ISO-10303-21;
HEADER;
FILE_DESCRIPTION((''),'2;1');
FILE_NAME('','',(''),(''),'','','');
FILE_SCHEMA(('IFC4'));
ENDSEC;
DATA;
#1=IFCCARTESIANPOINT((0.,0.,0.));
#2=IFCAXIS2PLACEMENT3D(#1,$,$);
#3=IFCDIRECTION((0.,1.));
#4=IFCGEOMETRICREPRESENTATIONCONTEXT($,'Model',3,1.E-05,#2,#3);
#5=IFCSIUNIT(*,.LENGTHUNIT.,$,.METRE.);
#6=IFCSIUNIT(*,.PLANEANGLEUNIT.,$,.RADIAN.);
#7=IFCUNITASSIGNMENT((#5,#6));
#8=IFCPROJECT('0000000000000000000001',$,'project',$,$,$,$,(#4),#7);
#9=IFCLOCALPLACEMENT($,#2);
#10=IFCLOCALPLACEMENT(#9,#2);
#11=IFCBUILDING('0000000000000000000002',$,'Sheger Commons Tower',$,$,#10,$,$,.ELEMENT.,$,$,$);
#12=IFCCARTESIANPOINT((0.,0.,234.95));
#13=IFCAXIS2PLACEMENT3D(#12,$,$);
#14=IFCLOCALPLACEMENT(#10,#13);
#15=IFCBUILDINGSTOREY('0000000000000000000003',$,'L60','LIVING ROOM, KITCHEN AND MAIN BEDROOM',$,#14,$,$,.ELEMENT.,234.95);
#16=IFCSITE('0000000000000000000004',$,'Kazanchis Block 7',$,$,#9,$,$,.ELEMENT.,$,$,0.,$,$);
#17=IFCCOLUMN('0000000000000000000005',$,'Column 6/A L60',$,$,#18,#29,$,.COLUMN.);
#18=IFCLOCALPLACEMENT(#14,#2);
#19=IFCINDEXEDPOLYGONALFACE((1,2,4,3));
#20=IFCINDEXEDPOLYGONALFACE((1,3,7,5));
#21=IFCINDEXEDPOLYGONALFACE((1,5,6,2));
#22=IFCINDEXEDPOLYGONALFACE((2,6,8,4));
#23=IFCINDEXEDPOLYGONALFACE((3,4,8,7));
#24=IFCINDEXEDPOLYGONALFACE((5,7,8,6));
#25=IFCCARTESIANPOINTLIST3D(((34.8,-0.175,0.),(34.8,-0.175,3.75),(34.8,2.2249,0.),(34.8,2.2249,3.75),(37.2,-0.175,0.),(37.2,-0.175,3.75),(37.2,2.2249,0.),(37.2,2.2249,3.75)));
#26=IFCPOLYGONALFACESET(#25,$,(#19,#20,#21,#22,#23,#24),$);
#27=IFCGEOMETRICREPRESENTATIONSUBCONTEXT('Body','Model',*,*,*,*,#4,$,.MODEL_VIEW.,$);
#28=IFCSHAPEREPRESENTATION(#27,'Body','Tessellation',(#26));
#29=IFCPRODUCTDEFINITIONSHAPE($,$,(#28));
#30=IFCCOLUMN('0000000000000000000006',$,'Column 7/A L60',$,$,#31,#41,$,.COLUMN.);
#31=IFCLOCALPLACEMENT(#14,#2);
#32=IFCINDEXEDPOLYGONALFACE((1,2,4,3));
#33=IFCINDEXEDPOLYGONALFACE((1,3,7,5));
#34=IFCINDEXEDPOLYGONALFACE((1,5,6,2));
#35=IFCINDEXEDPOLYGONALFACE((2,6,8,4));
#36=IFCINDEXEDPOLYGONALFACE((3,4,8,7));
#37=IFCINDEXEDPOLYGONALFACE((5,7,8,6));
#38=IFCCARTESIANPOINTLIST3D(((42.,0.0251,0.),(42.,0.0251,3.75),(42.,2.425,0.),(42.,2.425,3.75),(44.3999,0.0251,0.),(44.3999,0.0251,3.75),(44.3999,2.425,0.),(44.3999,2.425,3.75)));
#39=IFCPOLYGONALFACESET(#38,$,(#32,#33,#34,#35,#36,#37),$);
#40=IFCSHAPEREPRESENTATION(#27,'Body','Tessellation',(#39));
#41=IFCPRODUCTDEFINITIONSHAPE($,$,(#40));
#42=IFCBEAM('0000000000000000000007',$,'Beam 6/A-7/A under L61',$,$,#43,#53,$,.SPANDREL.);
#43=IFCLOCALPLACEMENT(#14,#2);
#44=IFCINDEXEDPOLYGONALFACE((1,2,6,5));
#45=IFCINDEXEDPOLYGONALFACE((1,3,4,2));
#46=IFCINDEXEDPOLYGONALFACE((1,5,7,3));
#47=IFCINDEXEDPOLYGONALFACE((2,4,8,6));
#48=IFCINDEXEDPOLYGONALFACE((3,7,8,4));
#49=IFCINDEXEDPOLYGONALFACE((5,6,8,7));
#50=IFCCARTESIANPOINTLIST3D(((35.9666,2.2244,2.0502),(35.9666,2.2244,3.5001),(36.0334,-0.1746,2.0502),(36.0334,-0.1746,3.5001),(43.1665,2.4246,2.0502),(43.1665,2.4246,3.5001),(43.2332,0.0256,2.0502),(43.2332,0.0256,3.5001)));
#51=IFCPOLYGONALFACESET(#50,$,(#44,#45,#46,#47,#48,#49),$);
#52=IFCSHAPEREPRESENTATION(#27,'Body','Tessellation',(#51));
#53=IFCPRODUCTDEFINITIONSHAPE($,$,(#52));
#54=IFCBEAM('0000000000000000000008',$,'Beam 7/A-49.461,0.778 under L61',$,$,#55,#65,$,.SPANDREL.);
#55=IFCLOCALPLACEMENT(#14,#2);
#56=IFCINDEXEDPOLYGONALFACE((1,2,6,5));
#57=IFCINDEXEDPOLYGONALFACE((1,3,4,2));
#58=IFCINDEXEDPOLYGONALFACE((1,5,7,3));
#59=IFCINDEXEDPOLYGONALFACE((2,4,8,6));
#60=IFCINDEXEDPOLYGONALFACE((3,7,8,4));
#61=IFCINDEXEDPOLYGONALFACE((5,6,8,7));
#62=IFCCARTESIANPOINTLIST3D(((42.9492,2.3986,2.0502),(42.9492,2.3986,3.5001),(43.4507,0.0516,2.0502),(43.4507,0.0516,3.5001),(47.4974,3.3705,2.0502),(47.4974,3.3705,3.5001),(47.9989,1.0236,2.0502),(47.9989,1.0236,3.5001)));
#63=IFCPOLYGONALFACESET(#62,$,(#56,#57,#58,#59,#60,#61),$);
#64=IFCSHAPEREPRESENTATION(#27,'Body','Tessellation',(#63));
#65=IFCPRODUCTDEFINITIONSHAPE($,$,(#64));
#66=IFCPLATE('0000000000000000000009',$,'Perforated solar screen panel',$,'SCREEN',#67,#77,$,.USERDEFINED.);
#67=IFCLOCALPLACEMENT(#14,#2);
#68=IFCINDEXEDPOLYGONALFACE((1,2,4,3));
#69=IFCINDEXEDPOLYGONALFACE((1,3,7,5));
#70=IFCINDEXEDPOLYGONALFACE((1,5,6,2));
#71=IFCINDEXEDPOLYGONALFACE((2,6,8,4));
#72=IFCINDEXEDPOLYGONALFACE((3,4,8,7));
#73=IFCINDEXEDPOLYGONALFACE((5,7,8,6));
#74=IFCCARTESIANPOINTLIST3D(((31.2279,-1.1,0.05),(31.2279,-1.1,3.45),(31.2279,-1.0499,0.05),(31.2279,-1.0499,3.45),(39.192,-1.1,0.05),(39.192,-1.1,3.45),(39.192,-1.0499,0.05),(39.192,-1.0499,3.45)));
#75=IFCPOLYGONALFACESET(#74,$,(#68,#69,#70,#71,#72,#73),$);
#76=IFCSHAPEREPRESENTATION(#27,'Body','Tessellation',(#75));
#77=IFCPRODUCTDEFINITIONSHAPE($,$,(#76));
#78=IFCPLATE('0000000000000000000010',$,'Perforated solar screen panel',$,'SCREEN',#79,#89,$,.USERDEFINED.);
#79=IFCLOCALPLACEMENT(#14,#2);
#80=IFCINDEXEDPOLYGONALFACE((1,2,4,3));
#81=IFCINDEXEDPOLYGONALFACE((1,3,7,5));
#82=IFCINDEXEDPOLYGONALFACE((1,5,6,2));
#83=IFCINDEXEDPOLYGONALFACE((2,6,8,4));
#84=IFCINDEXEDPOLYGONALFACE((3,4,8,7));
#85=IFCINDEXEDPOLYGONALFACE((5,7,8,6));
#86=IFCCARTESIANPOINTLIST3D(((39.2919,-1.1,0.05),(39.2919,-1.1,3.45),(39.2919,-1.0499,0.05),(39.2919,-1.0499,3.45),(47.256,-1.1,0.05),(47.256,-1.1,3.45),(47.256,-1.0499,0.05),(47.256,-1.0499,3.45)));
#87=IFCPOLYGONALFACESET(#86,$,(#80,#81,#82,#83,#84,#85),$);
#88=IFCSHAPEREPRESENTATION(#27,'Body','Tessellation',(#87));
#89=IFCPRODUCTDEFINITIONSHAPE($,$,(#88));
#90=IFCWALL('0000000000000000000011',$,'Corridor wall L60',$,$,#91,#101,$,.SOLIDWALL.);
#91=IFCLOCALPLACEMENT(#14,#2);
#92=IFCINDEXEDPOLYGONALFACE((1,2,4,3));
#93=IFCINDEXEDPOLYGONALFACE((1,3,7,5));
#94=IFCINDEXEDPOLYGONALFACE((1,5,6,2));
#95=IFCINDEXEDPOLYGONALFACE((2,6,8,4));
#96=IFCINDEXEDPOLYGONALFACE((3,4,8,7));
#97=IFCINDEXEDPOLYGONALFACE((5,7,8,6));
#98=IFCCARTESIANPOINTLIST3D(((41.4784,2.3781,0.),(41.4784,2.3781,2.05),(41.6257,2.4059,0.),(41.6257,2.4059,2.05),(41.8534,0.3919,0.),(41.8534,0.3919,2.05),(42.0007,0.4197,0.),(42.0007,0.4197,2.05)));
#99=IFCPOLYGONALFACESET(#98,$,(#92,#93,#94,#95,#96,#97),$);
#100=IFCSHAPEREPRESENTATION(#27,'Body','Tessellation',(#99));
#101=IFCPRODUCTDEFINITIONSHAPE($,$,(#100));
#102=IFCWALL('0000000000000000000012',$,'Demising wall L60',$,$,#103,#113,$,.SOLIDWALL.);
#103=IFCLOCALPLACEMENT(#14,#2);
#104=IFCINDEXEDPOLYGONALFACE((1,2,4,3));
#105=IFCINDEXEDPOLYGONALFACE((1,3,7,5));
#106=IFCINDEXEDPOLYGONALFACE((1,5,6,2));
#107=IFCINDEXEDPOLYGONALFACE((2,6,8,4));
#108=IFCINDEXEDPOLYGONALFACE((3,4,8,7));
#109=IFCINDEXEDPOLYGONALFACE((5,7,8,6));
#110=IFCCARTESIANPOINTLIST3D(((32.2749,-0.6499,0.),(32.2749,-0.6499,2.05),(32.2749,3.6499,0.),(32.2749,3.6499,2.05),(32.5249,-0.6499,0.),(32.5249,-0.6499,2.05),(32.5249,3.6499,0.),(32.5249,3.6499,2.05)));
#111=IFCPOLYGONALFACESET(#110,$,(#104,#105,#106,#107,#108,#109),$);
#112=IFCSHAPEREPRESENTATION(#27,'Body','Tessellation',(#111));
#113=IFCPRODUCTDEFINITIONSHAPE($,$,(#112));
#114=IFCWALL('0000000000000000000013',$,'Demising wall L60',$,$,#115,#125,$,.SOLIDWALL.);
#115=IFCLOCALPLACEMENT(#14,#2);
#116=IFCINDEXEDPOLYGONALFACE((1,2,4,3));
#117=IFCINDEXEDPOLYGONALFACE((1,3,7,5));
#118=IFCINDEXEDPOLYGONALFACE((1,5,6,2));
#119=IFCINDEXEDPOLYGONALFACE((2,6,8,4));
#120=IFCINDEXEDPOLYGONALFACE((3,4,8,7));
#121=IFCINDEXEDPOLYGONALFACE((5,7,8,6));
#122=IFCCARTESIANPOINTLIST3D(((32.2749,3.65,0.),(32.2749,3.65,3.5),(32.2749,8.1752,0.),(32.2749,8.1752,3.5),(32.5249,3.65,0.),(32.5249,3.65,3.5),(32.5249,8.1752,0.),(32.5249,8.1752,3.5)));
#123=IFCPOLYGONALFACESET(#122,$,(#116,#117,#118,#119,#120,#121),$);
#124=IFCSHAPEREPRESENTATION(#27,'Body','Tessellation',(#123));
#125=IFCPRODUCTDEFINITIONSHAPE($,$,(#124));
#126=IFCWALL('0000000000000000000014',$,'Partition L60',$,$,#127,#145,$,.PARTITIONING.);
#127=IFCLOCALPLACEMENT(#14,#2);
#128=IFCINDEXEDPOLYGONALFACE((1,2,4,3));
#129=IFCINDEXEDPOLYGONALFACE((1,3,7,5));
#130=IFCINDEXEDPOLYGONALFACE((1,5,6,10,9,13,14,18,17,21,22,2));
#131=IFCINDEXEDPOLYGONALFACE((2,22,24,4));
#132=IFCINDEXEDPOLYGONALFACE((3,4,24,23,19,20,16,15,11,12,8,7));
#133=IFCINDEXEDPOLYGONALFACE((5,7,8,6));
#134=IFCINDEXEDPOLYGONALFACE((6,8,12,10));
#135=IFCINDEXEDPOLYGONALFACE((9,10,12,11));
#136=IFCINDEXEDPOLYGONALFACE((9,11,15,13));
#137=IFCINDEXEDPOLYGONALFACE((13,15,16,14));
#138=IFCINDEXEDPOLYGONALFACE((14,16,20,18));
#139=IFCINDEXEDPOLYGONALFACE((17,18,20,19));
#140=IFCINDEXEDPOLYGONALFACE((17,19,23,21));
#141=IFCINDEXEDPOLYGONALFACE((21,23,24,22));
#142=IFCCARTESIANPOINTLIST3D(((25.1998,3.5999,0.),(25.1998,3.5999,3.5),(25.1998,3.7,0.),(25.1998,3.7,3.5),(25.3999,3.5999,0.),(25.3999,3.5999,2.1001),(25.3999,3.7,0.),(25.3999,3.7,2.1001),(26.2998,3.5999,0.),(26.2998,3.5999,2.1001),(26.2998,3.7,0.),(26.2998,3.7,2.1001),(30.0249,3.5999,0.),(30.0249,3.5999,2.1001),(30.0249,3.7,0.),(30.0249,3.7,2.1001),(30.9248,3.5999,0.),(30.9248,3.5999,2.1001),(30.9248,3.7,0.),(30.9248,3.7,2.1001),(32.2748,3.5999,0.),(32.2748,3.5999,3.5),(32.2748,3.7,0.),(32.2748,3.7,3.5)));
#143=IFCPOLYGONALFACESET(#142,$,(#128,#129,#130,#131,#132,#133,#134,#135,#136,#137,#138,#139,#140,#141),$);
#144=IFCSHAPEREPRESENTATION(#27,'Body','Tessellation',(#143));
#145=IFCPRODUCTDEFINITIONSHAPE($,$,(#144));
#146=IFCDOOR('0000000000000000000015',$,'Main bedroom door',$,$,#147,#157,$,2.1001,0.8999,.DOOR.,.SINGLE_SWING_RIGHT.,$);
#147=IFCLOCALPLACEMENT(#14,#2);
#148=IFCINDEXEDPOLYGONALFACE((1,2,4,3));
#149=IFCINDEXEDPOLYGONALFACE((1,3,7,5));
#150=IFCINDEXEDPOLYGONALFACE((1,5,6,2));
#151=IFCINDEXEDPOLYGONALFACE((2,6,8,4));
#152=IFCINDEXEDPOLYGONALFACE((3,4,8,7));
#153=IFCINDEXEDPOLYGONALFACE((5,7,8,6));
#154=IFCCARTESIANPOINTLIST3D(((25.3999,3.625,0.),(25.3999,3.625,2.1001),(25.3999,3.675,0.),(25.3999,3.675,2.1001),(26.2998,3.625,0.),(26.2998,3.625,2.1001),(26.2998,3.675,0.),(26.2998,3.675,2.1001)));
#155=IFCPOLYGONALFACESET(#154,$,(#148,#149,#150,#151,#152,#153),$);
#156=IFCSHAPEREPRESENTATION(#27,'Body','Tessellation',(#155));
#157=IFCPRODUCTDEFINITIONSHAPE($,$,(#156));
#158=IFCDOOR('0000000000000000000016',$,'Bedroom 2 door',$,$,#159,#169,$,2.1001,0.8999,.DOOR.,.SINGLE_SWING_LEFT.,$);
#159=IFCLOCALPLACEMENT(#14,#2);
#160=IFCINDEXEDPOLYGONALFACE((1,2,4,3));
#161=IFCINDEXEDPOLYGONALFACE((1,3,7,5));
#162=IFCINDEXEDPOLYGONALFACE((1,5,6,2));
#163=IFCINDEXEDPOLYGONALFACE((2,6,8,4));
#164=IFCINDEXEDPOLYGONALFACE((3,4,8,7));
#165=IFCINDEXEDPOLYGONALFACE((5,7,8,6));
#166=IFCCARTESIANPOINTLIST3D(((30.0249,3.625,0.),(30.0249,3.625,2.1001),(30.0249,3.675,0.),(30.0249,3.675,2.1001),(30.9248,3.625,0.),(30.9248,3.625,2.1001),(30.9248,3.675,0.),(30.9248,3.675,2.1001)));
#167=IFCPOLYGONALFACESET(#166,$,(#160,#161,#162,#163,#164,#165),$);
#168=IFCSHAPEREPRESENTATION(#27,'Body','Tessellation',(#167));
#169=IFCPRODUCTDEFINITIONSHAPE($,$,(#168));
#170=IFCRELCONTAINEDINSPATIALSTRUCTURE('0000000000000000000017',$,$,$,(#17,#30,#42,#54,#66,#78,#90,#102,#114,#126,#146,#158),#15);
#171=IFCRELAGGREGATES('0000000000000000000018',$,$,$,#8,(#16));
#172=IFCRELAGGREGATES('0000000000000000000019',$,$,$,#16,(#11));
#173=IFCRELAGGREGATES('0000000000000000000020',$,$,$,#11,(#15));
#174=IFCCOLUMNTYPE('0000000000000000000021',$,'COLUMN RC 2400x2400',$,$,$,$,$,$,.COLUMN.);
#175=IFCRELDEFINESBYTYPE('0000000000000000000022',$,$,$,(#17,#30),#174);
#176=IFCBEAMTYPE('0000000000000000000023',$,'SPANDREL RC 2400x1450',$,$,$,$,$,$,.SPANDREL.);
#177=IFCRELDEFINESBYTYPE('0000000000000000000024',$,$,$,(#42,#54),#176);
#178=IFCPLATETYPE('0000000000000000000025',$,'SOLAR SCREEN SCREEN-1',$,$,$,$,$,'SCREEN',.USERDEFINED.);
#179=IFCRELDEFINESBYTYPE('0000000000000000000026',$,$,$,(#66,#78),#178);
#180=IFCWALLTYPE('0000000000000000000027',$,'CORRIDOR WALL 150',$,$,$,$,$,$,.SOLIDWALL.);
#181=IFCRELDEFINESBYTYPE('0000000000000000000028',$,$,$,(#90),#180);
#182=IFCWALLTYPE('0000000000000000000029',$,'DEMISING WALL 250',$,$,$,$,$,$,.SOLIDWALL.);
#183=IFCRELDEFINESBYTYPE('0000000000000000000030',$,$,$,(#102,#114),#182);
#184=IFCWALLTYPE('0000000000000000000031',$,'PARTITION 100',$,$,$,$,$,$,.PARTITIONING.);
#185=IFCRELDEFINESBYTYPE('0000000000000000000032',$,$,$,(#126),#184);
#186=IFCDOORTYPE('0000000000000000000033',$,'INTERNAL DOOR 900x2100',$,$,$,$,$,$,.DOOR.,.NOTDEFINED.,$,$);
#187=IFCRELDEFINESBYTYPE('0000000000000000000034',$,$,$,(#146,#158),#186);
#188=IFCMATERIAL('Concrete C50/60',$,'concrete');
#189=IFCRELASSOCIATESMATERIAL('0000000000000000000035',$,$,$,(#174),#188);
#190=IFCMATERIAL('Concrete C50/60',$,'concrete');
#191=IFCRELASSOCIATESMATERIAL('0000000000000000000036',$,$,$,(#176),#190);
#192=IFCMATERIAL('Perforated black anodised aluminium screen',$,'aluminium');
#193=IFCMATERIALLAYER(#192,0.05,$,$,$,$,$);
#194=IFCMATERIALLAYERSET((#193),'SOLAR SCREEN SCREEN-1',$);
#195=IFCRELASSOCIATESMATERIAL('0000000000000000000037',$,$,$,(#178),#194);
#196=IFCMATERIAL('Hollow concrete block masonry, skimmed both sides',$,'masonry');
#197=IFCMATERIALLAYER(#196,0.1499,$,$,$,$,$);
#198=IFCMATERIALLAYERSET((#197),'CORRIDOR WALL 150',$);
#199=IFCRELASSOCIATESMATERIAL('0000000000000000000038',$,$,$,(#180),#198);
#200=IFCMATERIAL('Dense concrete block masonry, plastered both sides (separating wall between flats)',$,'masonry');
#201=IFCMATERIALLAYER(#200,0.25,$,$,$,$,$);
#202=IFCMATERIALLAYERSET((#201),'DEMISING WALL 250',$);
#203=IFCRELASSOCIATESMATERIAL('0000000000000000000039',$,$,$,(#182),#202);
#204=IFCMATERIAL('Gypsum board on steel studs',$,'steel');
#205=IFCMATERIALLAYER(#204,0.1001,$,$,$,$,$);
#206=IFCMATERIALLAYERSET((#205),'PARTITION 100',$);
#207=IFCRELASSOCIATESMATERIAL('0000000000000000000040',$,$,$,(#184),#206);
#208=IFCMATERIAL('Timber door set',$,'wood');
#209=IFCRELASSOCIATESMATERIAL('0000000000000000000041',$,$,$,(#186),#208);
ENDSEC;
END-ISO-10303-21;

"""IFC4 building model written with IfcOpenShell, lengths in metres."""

from ifc_helpers import new_model, si_unit, direction, frame, frame_2d, origin, origin_2d, place, context, subcontext, project, spatial, rectangle, extrude, material, layer, layer_set, material_profile, profile_set, type_object, element, fill, save


model = new_model("IFC4")

# Units and contexts
model_context = context("Model", 3, precision=1e-05, world=origin(), true_north=direction((0.0, 1.0)))
body_context = subcontext(model_context, "Body", "Model", "MODEL_VIEW")
ifc_project = project(units=[si_unit("LENGTHUNIT", "METRE"), si_unit("PLANEANGLEUNIT", "RADIAN")], contexts=[model_context])

# Site, building, storey
site_placement = place(None, origin())
site = spatial("IfcSite", under=ifc_project, at=site_placement, Name="Kazanchis Block 7", CompositionType="ELEMENT", RefElevation=0.0)
building_placement = place(site_placement, origin())
building = spatial("IfcBuilding", under=site, at=building_placement, Name="Sheger Commons Tower", CompositionType="ELEMENT")
storey_placement = place(building_placement, frame((0.0, 0.0, 234.95)))
storey = spatial("IfcBuildingStorey", under=building, at=storey_placement, Name="L60", Description="LIVING ROOM, KITCHEN AND MAIN BEDROOM", CompositionType="ELEMENT", Elevation=234.95)

# Columns
ifc_material_1 = material(Name="Concrete C50/60", Category="concrete")
ifc_material_profile_1 = material_profile(ifc_material_1, rectangle(XDim=2.3999, YDim=2.3999, at=origin_2d()), Name="RC 2400x2400")
ifc_profile_set_1 = profile_set([ifc_material_profile_1], Name="Concrete C50/60")
column_type = type_object("IfcColumnType", Name="COLUMN RC 2400x2400", PredefinedType="COLUMN", material=ifc_profile_set_1)
for number, where, z_axis, x_axis, name in (
    (1, (36.0, 1.0249, 0.0), (0.0, 0.0, 1.0), (1.0, 0.0, 0.0), "Column 6/A L60"),
    (2, (43.2, 1.2251, 0.0), (0.0, 0.0, 1.0), (1.0, 0.0, 0.0), "Column 7/A L60"),
):
    element("IfcColumn", number, at=place(storey_placement, frame(where, z_axis=z_axis, x_axis=x_axis)), inside=storey, type_object=column_type, Name=name, PredefinedType="COLUMN", context=body_context, shape_type="SweptSolid", body=[
        extrude(rectangle(XDim=2.3999, YDim=2.3999, at=origin_2d()), origin(), (0.0, 0.0, 1.0), 3.75),
    ])

# Beams
ifc_material_2 = material(Name="Concrete C50/60", Category="concrete")
ifc_material_profile_2 = material_profile(ifc_material_2, rectangle(XDim=2.3999, YDim=1.45, at=origin_2d()), Name="RC 2400x1450")
ifc_profile_set_2 = profile_set([ifc_material_profile_2], Name="Concrete C50/60")
beam_type = type_object("IfcBeamType", Name="SPANDREL RC 2400x1450", PredefinedType="SPANDREL", material=ifc_profile_set_2)
beam_1_placement = place(storey_placement, frame((36.0, 1.0249, 2.7751), z_axis=(0.999614, 0.027794, 0.0), x_axis=(-0.027794, 0.999614, 0.0)))
element("IfcBeam", 3, at=beam_1_placement, inside=storey, type_object=beam_type, Name="Beam 6/A-7/A under L61", PredefinedType="SPANDREL", context=body_context, shape_type="SweptSolid", body=[
    extrude(rectangle(XDim=2.3999, YDim=1.45, at=origin_2d()), origin(), (0.0, 0.0, 1.0), 7.2026),
])
beam_2_placement = place(storey_placement, frame((43.2, 1.2251, 2.7751), z_axis=(0.97792, 0.208981, 0.0), x_axis=(-0.208981, 0.97792, 0.0)))
element("IfcBeam", 4, at=beam_2_placement, inside=storey, type_object=beam_type, Name="Beam 7/A-49.461,0.778 under L61", PredefinedType="SPANDREL", context=body_context, shape_type="SweptSolid", body=[
    extrude(rectangle(XDim=2.3999, YDim=1.45, at=origin_2d()), origin(), (0.0, 0.0, 1.0), 4.6509),
])

# Plates
ifc_material_3 = material(Name="Perforated black anodised aluminium screen", Category="aluminium")
ifc_layer_1 = layer(ifc_material_3, 0.05)
ifc_layer_set_1 = layer_set([ifc_layer_1], Name="SOLAR SCREEN SCREEN-1")
plate_type = type_object("IfcPlateType", Name="SOLAR SCREEN SCREEN-1", ElementType="SCREEN", PredefinedType="USERDEFINED", material=ifc_layer_set_1)
for number, where, z_axis, x_axis, name in (
    (5, (35.21, -1.075, 0.05), (0.0, 0.0, 1.0), (1.0, 0.0, 0.0), "Perforated solar screen panel"),
    (6, (43.2739, -1.075, 0.05), (0.0, 0.0, 1.0), (1.0, 0.0, 0.0), "Perforated solar screen panel"),
):
    element("IfcPlate", number, at=place(storey_placement, frame(where, z_axis=z_axis, x_axis=x_axis)), inside=storey, type_object=plate_type, Name=name, ObjectType="SCREEN", PredefinedType="USERDEFINED", context=body_context, shape_type="SweptSolid", body=[
        extrude(rectangle(XDim=7.9641, YDim=0.05, at=origin_2d()), origin(), (0.0, 0.0, 1.0), 3.3999),
    ])

# Walls
ifc_material_4 = material(Name="Hollow concrete block masonry, skimmed both sides", Category="masonry")
ifc_layer_2 = layer(ifc_material_4, 0.1499)
ifc_layer_set_2 = layer_set([ifc_layer_2], Name="CORRIDOR WALL 150")
wall_type_1 = type_object("IfcWallType", Name="CORRIDOR WALL 150", PredefinedType="SOLIDWALL", material=ifc_layer_set_2)
wall_1_placement = place(storey_placement, frame((41.552, 2.3921, 0.0), z_axis=(0.0, 0.0, 1.0), x_axis=(0.185536, -0.982638, 0.0)))
element("IfcWall", 7, at=wall_1_placement, inside=storey, type_object=wall_type_1, Name="Corridor wall L60", PredefinedType="SOLIDWALL", context=body_context, shape_type="SweptSolid", body=[
    extrude(rectangle(XDim=2.0212, YDim=0.1499, at=frame_2d((1.0107, 0.0))), origin(), (0.0, 0.0, 1.0), 2.05),
])
ifc_material_5 = material(Name="Dense concrete block masonry, plastered both sides (separating wall between flats)", Category="masonry")
ifc_layer_3 = layer(ifc_material_5, 0.25)
ifc_layer_set_3 = layer_set([ifc_layer_3], Name="DEMISING WALL 250")
wall_type_2 = type_object("IfcWallType", Name="DEMISING WALL 250", PredefinedType="SOLIDWALL", material=ifc_layer_set_3)
wall_2_placement = place(storey_placement, frame((32.3999, -0.6499, 0.0), z_axis=(0.0, 0.0, 1.0), x_axis=(0.0, 1.0, 0.0)))
element("IfcWall", 8, at=wall_2_placement, inside=storey, type_object=wall_type_2, Name="Demising wall L60", PredefinedType="SOLIDWALL", context=body_context, shape_type="SweptSolid", body=[
    extrude(rectangle(XDim=4.2998, YDim=0.25, at=frame_2d((2.1499, 0.0))), origin(), (0.0, 0.0, 1.0), 2.05),
])
wall_3_placement = place(storey_placement, frame((32.3999, 3.6499, 0.0), z_axis=(0.0, 0.0, 1.0), x_axis=(0.0, 1.0, 0.0)))
element("IfcWall", 9, at=wall_3_placement, inside=storey, type_object=wall_type_2, Name="Demising wall L60", PredefinedType="SOLIDWALL", context=body_context, shape_type="SweptSolid", body=[
    extrude(rectangle(XDim=4.5251, YDim=0.25, at=frame_2d((2.2627, 0.0))), origin(), (0.0, 0.0, 1.0), 3.5),
])

# Wall, openings, doors
ifc_material_6 = material(Name="Gypsum board on steel studs", Category="steel")
ifc_layer_4 = layer(ifc_material_6, 0.1001)
ifc_layer_set_4 = layer_set([ifc_layer_4], Name="PARTITION 100")
wall_type_3 = type_object("IfcWallType", Name="PARTITION 100", PredefinedType="PARTITIONING", material=ifc_layer_set_4)
wall_4_placement = place(storey_placement, frame((32.2749, 3.6499, 0.0), z_axis=(0.0, 0.0, 1.0), x_axis=(-1.0, 0.0, 0.0)))
wall_4 = element("IfcWall", 10, at=wall_4_placement, inside=storey, type_object=wall_type_3, Name="Partition L60", PredefinedType="PARTITIONING", context=body_context, shape_type="SweptSolid", body=[
    extrude(rectangle(XDim=7.075, YDim=0.1001, at=frame_2d((3.5376, 0.0))), origin(), (0.0, 0.0, 1.0), 3.5),
])
opening_1_placement = place(wall_4_placement, frame((5.9751, 0.0, 0.0)))
opening_1 = element("IfcOpeningElement", 11, at=opening_1_placement, cuts=wall_4, PredefinedType="OPENING", context=body_context, shape_type="SweptSolid", body=[
    extrude(rectangle(XDim=0.8999, YDim=2.1001, at=frame_2d((0.45, 1.05))), frame((0.0, 0.0601, 0.0), z_axis=(0.0, -1.0, 0.0), x_axis=(1.0, 0.0, 0.0)), (0.0, 0.0, 1.0), 0.1201),
])
opening_2_placement = place(wall_4_placement, frame((1.3501, 0.0, 0.0)))
opening_2 = element("IfcOpeningElement", 12, at=opening_2_placement, cuts=wall_4, PredefinedType="OPENING", context=body_context, shape_type="SweptSolid", body=[
    extrude(rectangle(XDim=0.8999, YDim=2.1001, at=frame_2d((0.45, 1.05))), frame((0.0, 0.0601, 0.0), z_axis=(0.0, -1.0, 0.0), x_axis=(1.0, 0.0, 0.0)), (0.0, 0.0, 1.0), 0.1201),
])
ifc_material_7 = material(Name="Timber door set", Category="wood")
door_type = type_object("IfcDoorType", Name="INTERNAL DOOR 900x2100", OperationType="NOTDEFINED", PredefinedType="DOOR", material=ifc_material_7)
door_1_placement = place(opening_1_placement, origin())
door_1 = element("IfcDoor", 13, at=door_1_placement, inside=storey, type_object=door_type, Name="Main bedroom door", OperationType="SINGLE_SWING_RIGHT", OverallHeight=2.1001, OverallWidth=0.8999, PredefinedType="DOOR", context=body_context, shape_type="SweptSolid", body=[
    extrude(rectangle(XDim=0.8999, YDim=2.1001, at=frame_2d((0.45, 1.05))), frame((0.0, 0.0249, 0.0), z_axis=(0.0, -1.0, 0.0), x_axis=(1.0, 0.0, 0.0)), (0.0, 0.0, 1.0), 0.05),
])
fill(opening_1, door_1)
door_2_placement = place(opening_2_placement, origin())
door_2 = element("IfcDoor", 14, at=door_2_placement, inside=storey, type_object=door_type, Name="Bedroom 2 door", OperationType="SINGLE_SWING_LEFT", OverallHeight=2.1001, OverallWidth=0.8999, PredefinedType="DOOR", context=body_context, shape_type="SweptSolid", body=[
    extrude(rectangle(XDim=0.8999, YDim=2.1001, at=frame_2d((0.45, 1.05))), frame((0.0, 0.0249, 0.0), z_axis=(0.0, -1.0, 0.0), x_axis=(1.0, 0.0, 0.0)), (0.0, 0.0, 1.0), 0.05),
])
fill(opening_2, door_2)

save(model, "model.ifc")
